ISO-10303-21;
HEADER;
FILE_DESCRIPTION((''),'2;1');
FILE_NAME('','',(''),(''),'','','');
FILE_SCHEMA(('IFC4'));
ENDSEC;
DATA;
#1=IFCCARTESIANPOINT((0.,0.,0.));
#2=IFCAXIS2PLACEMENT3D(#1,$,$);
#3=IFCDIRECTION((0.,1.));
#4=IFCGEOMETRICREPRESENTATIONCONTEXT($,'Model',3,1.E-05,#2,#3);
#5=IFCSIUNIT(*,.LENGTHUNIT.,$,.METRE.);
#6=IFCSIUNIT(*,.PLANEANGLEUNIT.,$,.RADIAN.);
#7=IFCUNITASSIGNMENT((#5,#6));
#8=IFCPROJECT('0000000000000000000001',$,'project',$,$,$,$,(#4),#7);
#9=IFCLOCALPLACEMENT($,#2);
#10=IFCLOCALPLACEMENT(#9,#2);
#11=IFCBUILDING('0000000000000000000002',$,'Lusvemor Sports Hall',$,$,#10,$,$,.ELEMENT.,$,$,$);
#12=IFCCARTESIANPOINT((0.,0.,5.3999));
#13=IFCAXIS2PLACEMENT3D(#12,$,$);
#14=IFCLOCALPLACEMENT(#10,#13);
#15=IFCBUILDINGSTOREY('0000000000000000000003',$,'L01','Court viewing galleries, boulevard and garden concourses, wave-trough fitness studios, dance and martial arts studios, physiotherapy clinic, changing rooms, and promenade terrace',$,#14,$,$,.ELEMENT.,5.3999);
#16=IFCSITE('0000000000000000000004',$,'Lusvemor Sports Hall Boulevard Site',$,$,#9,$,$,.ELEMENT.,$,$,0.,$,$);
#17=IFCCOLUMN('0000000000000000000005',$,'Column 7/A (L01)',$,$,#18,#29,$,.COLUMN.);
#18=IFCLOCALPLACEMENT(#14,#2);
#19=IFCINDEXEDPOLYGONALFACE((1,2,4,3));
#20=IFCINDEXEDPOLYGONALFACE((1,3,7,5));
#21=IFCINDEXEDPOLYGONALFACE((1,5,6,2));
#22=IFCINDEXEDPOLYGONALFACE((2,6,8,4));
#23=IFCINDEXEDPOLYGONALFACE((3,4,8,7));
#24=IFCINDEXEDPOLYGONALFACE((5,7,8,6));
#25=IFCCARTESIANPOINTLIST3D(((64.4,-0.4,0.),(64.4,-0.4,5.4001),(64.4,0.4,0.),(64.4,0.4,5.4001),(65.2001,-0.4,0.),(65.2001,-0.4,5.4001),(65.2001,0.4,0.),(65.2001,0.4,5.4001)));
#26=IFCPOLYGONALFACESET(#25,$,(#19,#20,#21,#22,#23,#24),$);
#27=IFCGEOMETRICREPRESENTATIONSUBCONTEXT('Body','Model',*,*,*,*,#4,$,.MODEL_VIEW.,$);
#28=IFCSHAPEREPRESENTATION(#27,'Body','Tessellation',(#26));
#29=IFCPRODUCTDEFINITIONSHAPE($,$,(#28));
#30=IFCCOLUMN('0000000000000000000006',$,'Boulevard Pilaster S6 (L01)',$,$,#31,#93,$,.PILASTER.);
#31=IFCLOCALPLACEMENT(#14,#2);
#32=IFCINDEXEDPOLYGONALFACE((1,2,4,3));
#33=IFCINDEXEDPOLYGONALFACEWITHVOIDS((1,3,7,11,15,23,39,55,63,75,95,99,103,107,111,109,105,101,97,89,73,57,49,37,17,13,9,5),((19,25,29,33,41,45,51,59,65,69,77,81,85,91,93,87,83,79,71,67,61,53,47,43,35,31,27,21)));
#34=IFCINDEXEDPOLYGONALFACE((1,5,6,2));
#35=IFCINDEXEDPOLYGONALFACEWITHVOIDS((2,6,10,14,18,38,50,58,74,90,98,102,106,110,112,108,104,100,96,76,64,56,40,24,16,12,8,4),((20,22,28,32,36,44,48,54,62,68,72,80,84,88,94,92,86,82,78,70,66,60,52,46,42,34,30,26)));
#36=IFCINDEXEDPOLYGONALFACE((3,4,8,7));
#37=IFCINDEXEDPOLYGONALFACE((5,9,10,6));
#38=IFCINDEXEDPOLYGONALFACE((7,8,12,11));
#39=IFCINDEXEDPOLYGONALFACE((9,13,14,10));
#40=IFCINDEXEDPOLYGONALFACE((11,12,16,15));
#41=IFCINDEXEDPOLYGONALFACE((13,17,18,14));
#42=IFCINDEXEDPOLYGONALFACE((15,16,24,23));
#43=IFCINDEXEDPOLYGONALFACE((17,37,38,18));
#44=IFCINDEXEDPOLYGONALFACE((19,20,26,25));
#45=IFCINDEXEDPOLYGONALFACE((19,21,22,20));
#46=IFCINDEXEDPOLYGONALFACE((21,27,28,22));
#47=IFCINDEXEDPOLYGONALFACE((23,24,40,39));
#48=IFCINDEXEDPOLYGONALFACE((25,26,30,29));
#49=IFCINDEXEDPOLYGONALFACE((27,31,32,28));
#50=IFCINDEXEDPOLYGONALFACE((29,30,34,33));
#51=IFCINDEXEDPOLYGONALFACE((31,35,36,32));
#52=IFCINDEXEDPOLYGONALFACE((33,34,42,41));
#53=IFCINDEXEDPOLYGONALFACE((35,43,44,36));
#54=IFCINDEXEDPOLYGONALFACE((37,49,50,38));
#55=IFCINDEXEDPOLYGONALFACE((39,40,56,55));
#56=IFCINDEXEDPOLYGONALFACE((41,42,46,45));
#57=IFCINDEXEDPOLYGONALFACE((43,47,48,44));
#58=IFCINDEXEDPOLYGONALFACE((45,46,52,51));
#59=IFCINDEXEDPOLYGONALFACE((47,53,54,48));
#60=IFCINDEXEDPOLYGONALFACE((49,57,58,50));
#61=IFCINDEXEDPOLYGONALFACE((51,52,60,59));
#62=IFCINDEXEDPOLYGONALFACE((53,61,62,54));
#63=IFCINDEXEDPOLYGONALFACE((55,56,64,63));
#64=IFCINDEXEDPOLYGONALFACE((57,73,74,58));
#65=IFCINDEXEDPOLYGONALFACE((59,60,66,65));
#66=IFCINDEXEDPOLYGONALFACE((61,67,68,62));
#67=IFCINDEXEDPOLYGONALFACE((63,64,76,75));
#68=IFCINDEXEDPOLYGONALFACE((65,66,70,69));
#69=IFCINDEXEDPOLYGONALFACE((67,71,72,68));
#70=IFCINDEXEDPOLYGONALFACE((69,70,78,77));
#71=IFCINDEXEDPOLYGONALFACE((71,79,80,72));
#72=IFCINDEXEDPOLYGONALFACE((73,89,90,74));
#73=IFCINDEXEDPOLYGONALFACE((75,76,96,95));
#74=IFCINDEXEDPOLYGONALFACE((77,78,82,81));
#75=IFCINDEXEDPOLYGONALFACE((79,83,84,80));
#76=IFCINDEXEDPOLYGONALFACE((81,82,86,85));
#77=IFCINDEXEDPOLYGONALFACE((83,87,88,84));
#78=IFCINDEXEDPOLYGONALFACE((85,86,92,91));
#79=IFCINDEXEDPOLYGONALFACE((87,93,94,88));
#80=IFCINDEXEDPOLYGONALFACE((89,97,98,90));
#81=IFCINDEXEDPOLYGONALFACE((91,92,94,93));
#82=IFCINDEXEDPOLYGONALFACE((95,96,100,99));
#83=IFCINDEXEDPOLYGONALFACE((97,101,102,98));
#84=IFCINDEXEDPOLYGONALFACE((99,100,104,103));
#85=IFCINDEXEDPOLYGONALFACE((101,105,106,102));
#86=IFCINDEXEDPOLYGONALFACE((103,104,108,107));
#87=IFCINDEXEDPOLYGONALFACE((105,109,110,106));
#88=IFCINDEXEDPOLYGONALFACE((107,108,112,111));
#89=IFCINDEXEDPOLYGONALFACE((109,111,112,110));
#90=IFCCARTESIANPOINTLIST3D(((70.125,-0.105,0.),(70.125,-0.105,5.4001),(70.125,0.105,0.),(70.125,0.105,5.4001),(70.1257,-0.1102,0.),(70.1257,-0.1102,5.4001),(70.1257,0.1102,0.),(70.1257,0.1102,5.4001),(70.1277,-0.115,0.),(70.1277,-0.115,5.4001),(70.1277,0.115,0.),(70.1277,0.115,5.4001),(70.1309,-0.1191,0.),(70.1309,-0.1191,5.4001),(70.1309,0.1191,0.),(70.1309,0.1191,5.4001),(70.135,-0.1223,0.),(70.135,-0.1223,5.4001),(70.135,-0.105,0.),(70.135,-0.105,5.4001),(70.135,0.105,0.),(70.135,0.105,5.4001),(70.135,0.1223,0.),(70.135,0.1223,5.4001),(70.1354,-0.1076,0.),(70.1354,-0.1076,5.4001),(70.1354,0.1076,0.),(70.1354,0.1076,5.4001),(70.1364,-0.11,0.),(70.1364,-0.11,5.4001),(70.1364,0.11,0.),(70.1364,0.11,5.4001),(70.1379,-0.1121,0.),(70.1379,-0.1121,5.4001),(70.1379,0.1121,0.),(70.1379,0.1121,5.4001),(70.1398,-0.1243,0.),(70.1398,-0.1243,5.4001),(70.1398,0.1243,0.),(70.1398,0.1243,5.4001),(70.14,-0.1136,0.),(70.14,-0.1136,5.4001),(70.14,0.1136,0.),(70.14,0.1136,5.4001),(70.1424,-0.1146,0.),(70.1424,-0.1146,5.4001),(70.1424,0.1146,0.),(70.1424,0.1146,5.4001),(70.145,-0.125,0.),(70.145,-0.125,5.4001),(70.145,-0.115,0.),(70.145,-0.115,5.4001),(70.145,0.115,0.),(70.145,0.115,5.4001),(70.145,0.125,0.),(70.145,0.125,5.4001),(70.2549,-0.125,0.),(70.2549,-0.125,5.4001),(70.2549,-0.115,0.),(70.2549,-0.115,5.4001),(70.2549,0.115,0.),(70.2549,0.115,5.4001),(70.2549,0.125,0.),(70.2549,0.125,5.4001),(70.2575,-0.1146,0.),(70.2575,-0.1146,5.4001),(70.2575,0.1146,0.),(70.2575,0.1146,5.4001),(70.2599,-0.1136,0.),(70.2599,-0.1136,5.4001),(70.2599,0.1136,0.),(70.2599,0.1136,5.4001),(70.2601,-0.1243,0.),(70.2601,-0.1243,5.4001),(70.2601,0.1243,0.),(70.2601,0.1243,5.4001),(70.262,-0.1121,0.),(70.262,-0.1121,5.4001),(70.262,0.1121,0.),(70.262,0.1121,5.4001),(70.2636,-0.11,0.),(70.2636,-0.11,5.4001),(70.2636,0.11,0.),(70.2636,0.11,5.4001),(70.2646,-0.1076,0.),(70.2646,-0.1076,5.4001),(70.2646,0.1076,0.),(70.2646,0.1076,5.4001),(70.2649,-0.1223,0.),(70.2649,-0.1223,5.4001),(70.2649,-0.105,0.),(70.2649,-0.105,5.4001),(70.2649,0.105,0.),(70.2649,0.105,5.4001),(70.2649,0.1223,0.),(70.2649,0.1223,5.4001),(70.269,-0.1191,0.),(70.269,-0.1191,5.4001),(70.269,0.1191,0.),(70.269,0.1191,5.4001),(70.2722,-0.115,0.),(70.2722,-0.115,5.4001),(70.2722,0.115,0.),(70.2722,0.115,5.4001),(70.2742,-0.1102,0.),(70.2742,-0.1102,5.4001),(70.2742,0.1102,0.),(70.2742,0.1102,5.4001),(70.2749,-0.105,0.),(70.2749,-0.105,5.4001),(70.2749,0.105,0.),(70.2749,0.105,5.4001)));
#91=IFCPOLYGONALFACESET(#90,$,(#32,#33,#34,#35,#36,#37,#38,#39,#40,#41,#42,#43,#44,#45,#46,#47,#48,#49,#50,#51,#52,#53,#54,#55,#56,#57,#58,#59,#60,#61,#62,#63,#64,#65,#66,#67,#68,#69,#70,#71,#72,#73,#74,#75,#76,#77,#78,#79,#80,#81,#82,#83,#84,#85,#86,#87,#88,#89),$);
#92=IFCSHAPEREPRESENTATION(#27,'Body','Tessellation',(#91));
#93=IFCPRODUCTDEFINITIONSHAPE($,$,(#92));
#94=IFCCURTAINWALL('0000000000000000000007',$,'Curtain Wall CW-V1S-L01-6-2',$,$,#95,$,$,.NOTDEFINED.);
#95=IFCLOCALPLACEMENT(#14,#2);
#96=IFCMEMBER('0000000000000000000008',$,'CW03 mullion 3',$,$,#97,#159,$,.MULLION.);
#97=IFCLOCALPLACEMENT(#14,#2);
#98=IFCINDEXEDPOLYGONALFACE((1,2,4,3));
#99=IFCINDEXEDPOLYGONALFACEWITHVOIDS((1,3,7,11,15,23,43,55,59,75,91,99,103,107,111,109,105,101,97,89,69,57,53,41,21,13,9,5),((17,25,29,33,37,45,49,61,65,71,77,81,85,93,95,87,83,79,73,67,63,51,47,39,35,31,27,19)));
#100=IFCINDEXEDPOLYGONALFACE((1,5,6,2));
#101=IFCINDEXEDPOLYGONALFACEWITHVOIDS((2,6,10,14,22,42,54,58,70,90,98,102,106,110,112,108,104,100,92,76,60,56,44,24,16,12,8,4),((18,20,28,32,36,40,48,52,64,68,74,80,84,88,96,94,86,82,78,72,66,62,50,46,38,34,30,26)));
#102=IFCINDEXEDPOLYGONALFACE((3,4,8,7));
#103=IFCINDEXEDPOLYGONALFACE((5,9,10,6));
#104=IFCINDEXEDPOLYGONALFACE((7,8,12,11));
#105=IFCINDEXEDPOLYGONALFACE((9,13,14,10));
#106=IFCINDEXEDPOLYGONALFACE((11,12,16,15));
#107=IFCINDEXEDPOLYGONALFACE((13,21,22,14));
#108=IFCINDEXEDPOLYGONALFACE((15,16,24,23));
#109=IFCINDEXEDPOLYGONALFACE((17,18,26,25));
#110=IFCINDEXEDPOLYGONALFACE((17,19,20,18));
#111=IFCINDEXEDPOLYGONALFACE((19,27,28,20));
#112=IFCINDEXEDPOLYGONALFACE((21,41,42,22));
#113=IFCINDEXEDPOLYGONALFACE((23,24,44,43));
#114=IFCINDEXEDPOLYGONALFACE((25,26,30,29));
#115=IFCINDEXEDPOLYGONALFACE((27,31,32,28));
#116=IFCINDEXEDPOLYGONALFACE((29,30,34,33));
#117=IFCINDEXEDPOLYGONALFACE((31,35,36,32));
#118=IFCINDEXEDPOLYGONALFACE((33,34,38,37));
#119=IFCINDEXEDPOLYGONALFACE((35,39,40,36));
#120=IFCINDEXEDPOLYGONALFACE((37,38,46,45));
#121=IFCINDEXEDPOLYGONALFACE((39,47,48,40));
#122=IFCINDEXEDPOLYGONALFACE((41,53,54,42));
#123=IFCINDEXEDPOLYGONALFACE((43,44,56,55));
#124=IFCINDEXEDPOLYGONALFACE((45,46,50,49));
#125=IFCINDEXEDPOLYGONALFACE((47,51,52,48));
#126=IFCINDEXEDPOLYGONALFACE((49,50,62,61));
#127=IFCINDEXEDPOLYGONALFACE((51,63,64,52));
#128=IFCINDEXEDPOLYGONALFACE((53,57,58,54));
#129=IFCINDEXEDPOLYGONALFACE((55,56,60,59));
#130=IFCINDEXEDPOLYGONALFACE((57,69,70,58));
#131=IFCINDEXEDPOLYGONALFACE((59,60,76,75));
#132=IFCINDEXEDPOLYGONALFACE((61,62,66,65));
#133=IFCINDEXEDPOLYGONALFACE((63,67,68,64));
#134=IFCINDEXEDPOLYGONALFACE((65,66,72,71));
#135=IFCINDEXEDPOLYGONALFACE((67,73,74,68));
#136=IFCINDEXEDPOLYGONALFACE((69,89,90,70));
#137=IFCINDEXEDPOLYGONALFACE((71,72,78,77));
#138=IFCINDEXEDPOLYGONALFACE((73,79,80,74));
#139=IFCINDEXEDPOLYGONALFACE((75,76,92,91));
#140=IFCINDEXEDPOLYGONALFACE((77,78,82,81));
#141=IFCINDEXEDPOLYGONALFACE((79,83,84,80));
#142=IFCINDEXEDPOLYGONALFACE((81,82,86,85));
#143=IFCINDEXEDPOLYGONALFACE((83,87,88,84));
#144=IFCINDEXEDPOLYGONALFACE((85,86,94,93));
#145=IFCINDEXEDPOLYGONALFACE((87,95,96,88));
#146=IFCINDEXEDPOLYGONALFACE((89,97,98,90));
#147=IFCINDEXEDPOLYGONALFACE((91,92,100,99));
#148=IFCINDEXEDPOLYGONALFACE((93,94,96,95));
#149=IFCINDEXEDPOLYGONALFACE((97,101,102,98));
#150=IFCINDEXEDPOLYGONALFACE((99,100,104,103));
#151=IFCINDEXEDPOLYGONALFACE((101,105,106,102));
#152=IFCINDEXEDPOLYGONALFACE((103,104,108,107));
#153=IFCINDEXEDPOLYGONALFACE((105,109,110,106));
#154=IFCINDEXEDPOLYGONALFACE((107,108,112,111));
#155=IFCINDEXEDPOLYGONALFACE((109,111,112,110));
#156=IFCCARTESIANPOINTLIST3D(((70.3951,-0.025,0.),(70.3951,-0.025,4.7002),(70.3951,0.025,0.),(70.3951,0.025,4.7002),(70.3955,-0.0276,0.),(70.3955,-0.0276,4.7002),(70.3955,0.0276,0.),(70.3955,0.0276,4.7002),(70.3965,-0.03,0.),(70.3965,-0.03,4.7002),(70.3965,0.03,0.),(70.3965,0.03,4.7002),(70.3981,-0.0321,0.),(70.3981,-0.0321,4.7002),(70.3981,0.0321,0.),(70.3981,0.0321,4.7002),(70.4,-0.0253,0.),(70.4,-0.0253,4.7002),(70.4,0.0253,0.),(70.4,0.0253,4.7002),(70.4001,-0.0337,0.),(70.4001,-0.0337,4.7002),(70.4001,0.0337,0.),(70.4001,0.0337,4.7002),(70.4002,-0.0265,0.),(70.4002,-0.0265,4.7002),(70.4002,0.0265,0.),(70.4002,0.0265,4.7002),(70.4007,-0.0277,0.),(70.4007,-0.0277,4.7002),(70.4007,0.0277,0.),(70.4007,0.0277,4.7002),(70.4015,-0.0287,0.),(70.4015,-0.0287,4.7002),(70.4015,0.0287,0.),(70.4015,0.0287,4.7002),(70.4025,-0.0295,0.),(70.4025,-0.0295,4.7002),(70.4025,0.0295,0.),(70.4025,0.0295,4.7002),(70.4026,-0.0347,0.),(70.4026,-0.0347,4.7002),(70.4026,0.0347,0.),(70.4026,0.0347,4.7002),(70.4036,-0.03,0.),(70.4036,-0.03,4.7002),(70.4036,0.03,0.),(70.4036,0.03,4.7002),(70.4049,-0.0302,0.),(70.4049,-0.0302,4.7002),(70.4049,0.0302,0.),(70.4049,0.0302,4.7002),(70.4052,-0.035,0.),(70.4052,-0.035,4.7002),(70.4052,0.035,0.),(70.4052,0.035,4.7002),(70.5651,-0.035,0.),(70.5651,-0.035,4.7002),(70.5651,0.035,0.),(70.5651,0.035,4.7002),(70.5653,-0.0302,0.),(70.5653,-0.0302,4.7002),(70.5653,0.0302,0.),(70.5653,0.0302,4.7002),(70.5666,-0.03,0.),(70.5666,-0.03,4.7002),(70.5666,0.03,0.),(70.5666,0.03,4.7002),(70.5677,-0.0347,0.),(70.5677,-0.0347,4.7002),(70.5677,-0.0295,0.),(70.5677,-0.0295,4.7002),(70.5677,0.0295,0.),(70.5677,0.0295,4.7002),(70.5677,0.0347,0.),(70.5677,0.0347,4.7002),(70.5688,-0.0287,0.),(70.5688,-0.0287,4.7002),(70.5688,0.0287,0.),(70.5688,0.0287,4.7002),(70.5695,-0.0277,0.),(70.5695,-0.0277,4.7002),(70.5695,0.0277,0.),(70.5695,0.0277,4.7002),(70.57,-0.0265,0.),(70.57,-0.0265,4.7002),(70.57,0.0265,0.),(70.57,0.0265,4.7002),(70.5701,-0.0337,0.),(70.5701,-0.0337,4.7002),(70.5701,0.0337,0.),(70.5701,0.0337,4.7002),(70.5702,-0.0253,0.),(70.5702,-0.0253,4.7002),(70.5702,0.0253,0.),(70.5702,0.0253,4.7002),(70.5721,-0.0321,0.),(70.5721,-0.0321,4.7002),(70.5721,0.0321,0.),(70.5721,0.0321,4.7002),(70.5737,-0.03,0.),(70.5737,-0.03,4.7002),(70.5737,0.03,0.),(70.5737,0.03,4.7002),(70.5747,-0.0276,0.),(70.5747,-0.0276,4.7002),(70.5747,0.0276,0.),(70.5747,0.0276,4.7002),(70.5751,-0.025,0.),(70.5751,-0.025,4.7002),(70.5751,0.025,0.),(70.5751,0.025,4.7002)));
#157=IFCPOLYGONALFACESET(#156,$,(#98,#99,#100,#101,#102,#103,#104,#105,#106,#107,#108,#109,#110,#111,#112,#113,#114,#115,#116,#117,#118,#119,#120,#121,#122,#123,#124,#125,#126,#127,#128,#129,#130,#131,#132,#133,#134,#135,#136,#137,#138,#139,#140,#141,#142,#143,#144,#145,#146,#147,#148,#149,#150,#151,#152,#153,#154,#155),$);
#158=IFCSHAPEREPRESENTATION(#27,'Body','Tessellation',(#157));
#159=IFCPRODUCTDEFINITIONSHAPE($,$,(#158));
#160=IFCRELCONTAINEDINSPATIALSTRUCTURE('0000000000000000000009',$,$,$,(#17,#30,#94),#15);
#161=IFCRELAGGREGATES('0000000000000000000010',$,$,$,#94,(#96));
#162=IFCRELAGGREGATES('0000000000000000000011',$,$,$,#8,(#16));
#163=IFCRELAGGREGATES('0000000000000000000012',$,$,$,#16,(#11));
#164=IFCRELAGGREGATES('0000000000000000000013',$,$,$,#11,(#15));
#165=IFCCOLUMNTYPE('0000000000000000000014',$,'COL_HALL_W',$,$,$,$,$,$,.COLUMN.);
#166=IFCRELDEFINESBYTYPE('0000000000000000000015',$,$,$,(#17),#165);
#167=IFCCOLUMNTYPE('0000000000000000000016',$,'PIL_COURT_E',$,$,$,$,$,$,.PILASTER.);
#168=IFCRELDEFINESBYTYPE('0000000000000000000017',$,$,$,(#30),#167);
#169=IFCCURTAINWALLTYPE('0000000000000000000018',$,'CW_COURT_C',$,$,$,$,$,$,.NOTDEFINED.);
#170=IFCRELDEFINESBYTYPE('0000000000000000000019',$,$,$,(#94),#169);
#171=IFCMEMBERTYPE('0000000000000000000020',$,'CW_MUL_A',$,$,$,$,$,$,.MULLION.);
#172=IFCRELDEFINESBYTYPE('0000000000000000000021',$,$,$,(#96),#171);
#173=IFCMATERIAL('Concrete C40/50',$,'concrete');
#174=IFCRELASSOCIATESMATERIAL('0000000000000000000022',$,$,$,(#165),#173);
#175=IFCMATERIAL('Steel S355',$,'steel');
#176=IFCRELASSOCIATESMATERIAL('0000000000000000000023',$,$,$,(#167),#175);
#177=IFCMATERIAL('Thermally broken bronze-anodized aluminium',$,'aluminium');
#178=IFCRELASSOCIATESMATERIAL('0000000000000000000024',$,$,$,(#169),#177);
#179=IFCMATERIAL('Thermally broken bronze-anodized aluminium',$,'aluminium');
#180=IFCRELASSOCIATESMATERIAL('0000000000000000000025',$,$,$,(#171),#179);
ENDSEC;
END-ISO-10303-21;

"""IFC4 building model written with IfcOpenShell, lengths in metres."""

from ifc_helpers import new_model, si_unit, direction, frame, origin, origin_2d, place, context, subcontext, project, spatial, rectangle, hollow_rectangle, extrude, material, material_profile, profile_set, type_object, element, aggregate, save


model = new_model("IFC4")

# Units and contexts
model_context = context("Model", 3, precision=1e-05, world=origin(), true_north=direction((0.0, 1.0)))
body_context = subcontext(model_context, "Body", "Model", "MODEL_VIEW")
ifc_project = project(units=[si_unit("LENGTHUNIT", "METRE"), si_unit("PLANEANGLEUNIT", "RADIAN")], contexts=[model_context])

# Site, building, storey
site_placement = place(None, origin())
site = spatial("IfcSite", under=ifc_project, at=site_placement, Name="Lusvemor Sports Hall Boulevard Site", CompositionType="ELEMENT", RefElevation=0.0)
building_placement = place(site_placement, origin())
building = spatial("IfcBuilding", under=site, at=building_placement, Name="Lusvemor Sports Hall", CompositionType="ELEMENT")
storey_placement = place(building_placement, frame((0.0, 0.0, 5.3999)))
storey = spatial("IfcBuildingStorey", under=building, at=storey_placement, Name="L01", Description="Court viewing galleries, boulevard and garden concourses, wave-trough fitness studios, dance and martial arts studios, physiotherapy clinic, changing rooms, and promenade terrace", CompositionType="ELEMENT", Elevation=5.3999)

# Columns
ifc_material_1 = material(Name="Concrete C40/50", Category="concrete")
ifc_material_profile_1 = material_profile(ifc_material_1, rectangle(XDim=0.8, YDim=0.8, at=origin_2d()), Name="RC800x800")
ifc_profile_set_1 = profile_set([ifc_material_profile_1], Name="Concrete C40/50")
column_type_1 = type_object("IfcColumnType", Name="COL_HALL_W", PredefinedType="COLUMN", material=ifc_profile_set_1)
column_1_placement = place(storey_placement, frame((64.8, 0.0, 0.0), z_axis=(0.0, 0.0, 1.0), x_axis=(1.0, 0.0, 0.0)))
element("IfcColumn", 1, at=column_1_placement, inside=storey, type_object=column_type_1, Name="Column 7/A (L01)", PredefinedType="COLUMN", context=body_context, shape_type="SweptSolid", body=[
    extrude(rectangle(XDim=0.8, YDim=0.8, at=origin_2d()), origin(), (0.0, 0.0, 1.0), 5.4001),
])
ifc_material_2 = material(Name="Steel S355", Category="steel")
ifc_material_profile_2 = material_profile(ifc_material_2, hollow_rectangle(XDim=0.1499, YDim=0.25, WallThickness=0.01, InnerFilletRadius=0.01, OuterFilletRadius=0.02, at=origin_2d()), Name="RHS250x150x10")
ifc_profile_set_2 = profile_set([ifc_material_profile_2], Name="Steel S355")
column_type_2 = type_object("IfcColumnType", Name="PIL_COURT_E", PredefinedType="PILASTER", material=ifc_profile_set_2)
column_2_placement = place(storey_placement, frame((70.2, 0.0, 0.0), z_axis=(0.0, 0.0, 1.0), x_axis=(1.0, 0.0, 0.0)))
element("IfcColumn", 2, at=column_2_placement, inside=storey, type_object=column_type_2, Name="Boulevard Pilaster S6 (L01)", PredefinedType="PILASTER", context=body_context, shape_type="SweptSolid", body=[
    extrude(hollow_rectangle(XDim=0.1499, YDim=0.25, WallThickness=0.01, InnerFilletRadius=0.01, OuterFilletRadius=0.02, at=origin_2d()), origin(), (0.0, 0.0, 1.0), 5.4001),
])

# Curtain wall, member
ifc_material_3 = material(Name="Thermally broken bronze-anodized aluminium", Category="aluminium")
curtain_wall_type = type_object("IfcCurtainWallType", Name="CW_COURT_C", PredefinedType="NOTDEFINED", material=ifc_material_3)
curtain_wall_placement = place(storey_placement, origin())
curtain_wall = element("IfcCurtainWall", 3, at=curtain_wall_placement, inside=storey, type_object=curtain_wall_type, Name="Curtain Wall CW-V1S-L01-6-2", PredefinedType="NOTDEFINED")
ifc_material_4 = material(Name="Thermally broken bronze-anodized aluminium", Category="aluminium")
ifc_material_profile_3 = material_profile(ifc_material_4, hollow_rectangle(XDim=0.0701, YDim=0.1799, WallThickness=0.0049, InnerFilletRadius=0.0049, OuterFilletRadius=0.01, at=origin_2d()), Name="CWMUL180x70x5")
ifc_profile_set_3 = profile_set([ifc_material_profile_3], Name="Thermally broken bronze-anodized aluminium")
member_type_1 = type_object("IfcMemberType", Name="CW_MUL_A", PredefinedType="MULLION", material=ifc_profile_set_3)
member_1_placement = place(storey_placement, frame((70.4851, 0.0, 0.0), z_axis=(0.0, 0.0, 1.0), x_axis=(0.0, -1.0, 0.0)))
member_1 = element("IfcMember", 4, at=member_1_placement, type_object=member_type_1, Name="CW03 mullion 3", PredefinedType="MULLION", context=body_context, shape_type="SweptSolid", body=[
    extrude(hollow_rectangle(XDim=0.0701, YDim=0.1799, WallThickness=0.0049, InnerFilletRadius=0.0049, OuterFilletRadius=0.01, at=origin_2d()), origin(), (0.0, 0.0, 1.0), 4.7002),
])

aggregate(curtain_wall, [member_1])

save(model, "model.ifc")
